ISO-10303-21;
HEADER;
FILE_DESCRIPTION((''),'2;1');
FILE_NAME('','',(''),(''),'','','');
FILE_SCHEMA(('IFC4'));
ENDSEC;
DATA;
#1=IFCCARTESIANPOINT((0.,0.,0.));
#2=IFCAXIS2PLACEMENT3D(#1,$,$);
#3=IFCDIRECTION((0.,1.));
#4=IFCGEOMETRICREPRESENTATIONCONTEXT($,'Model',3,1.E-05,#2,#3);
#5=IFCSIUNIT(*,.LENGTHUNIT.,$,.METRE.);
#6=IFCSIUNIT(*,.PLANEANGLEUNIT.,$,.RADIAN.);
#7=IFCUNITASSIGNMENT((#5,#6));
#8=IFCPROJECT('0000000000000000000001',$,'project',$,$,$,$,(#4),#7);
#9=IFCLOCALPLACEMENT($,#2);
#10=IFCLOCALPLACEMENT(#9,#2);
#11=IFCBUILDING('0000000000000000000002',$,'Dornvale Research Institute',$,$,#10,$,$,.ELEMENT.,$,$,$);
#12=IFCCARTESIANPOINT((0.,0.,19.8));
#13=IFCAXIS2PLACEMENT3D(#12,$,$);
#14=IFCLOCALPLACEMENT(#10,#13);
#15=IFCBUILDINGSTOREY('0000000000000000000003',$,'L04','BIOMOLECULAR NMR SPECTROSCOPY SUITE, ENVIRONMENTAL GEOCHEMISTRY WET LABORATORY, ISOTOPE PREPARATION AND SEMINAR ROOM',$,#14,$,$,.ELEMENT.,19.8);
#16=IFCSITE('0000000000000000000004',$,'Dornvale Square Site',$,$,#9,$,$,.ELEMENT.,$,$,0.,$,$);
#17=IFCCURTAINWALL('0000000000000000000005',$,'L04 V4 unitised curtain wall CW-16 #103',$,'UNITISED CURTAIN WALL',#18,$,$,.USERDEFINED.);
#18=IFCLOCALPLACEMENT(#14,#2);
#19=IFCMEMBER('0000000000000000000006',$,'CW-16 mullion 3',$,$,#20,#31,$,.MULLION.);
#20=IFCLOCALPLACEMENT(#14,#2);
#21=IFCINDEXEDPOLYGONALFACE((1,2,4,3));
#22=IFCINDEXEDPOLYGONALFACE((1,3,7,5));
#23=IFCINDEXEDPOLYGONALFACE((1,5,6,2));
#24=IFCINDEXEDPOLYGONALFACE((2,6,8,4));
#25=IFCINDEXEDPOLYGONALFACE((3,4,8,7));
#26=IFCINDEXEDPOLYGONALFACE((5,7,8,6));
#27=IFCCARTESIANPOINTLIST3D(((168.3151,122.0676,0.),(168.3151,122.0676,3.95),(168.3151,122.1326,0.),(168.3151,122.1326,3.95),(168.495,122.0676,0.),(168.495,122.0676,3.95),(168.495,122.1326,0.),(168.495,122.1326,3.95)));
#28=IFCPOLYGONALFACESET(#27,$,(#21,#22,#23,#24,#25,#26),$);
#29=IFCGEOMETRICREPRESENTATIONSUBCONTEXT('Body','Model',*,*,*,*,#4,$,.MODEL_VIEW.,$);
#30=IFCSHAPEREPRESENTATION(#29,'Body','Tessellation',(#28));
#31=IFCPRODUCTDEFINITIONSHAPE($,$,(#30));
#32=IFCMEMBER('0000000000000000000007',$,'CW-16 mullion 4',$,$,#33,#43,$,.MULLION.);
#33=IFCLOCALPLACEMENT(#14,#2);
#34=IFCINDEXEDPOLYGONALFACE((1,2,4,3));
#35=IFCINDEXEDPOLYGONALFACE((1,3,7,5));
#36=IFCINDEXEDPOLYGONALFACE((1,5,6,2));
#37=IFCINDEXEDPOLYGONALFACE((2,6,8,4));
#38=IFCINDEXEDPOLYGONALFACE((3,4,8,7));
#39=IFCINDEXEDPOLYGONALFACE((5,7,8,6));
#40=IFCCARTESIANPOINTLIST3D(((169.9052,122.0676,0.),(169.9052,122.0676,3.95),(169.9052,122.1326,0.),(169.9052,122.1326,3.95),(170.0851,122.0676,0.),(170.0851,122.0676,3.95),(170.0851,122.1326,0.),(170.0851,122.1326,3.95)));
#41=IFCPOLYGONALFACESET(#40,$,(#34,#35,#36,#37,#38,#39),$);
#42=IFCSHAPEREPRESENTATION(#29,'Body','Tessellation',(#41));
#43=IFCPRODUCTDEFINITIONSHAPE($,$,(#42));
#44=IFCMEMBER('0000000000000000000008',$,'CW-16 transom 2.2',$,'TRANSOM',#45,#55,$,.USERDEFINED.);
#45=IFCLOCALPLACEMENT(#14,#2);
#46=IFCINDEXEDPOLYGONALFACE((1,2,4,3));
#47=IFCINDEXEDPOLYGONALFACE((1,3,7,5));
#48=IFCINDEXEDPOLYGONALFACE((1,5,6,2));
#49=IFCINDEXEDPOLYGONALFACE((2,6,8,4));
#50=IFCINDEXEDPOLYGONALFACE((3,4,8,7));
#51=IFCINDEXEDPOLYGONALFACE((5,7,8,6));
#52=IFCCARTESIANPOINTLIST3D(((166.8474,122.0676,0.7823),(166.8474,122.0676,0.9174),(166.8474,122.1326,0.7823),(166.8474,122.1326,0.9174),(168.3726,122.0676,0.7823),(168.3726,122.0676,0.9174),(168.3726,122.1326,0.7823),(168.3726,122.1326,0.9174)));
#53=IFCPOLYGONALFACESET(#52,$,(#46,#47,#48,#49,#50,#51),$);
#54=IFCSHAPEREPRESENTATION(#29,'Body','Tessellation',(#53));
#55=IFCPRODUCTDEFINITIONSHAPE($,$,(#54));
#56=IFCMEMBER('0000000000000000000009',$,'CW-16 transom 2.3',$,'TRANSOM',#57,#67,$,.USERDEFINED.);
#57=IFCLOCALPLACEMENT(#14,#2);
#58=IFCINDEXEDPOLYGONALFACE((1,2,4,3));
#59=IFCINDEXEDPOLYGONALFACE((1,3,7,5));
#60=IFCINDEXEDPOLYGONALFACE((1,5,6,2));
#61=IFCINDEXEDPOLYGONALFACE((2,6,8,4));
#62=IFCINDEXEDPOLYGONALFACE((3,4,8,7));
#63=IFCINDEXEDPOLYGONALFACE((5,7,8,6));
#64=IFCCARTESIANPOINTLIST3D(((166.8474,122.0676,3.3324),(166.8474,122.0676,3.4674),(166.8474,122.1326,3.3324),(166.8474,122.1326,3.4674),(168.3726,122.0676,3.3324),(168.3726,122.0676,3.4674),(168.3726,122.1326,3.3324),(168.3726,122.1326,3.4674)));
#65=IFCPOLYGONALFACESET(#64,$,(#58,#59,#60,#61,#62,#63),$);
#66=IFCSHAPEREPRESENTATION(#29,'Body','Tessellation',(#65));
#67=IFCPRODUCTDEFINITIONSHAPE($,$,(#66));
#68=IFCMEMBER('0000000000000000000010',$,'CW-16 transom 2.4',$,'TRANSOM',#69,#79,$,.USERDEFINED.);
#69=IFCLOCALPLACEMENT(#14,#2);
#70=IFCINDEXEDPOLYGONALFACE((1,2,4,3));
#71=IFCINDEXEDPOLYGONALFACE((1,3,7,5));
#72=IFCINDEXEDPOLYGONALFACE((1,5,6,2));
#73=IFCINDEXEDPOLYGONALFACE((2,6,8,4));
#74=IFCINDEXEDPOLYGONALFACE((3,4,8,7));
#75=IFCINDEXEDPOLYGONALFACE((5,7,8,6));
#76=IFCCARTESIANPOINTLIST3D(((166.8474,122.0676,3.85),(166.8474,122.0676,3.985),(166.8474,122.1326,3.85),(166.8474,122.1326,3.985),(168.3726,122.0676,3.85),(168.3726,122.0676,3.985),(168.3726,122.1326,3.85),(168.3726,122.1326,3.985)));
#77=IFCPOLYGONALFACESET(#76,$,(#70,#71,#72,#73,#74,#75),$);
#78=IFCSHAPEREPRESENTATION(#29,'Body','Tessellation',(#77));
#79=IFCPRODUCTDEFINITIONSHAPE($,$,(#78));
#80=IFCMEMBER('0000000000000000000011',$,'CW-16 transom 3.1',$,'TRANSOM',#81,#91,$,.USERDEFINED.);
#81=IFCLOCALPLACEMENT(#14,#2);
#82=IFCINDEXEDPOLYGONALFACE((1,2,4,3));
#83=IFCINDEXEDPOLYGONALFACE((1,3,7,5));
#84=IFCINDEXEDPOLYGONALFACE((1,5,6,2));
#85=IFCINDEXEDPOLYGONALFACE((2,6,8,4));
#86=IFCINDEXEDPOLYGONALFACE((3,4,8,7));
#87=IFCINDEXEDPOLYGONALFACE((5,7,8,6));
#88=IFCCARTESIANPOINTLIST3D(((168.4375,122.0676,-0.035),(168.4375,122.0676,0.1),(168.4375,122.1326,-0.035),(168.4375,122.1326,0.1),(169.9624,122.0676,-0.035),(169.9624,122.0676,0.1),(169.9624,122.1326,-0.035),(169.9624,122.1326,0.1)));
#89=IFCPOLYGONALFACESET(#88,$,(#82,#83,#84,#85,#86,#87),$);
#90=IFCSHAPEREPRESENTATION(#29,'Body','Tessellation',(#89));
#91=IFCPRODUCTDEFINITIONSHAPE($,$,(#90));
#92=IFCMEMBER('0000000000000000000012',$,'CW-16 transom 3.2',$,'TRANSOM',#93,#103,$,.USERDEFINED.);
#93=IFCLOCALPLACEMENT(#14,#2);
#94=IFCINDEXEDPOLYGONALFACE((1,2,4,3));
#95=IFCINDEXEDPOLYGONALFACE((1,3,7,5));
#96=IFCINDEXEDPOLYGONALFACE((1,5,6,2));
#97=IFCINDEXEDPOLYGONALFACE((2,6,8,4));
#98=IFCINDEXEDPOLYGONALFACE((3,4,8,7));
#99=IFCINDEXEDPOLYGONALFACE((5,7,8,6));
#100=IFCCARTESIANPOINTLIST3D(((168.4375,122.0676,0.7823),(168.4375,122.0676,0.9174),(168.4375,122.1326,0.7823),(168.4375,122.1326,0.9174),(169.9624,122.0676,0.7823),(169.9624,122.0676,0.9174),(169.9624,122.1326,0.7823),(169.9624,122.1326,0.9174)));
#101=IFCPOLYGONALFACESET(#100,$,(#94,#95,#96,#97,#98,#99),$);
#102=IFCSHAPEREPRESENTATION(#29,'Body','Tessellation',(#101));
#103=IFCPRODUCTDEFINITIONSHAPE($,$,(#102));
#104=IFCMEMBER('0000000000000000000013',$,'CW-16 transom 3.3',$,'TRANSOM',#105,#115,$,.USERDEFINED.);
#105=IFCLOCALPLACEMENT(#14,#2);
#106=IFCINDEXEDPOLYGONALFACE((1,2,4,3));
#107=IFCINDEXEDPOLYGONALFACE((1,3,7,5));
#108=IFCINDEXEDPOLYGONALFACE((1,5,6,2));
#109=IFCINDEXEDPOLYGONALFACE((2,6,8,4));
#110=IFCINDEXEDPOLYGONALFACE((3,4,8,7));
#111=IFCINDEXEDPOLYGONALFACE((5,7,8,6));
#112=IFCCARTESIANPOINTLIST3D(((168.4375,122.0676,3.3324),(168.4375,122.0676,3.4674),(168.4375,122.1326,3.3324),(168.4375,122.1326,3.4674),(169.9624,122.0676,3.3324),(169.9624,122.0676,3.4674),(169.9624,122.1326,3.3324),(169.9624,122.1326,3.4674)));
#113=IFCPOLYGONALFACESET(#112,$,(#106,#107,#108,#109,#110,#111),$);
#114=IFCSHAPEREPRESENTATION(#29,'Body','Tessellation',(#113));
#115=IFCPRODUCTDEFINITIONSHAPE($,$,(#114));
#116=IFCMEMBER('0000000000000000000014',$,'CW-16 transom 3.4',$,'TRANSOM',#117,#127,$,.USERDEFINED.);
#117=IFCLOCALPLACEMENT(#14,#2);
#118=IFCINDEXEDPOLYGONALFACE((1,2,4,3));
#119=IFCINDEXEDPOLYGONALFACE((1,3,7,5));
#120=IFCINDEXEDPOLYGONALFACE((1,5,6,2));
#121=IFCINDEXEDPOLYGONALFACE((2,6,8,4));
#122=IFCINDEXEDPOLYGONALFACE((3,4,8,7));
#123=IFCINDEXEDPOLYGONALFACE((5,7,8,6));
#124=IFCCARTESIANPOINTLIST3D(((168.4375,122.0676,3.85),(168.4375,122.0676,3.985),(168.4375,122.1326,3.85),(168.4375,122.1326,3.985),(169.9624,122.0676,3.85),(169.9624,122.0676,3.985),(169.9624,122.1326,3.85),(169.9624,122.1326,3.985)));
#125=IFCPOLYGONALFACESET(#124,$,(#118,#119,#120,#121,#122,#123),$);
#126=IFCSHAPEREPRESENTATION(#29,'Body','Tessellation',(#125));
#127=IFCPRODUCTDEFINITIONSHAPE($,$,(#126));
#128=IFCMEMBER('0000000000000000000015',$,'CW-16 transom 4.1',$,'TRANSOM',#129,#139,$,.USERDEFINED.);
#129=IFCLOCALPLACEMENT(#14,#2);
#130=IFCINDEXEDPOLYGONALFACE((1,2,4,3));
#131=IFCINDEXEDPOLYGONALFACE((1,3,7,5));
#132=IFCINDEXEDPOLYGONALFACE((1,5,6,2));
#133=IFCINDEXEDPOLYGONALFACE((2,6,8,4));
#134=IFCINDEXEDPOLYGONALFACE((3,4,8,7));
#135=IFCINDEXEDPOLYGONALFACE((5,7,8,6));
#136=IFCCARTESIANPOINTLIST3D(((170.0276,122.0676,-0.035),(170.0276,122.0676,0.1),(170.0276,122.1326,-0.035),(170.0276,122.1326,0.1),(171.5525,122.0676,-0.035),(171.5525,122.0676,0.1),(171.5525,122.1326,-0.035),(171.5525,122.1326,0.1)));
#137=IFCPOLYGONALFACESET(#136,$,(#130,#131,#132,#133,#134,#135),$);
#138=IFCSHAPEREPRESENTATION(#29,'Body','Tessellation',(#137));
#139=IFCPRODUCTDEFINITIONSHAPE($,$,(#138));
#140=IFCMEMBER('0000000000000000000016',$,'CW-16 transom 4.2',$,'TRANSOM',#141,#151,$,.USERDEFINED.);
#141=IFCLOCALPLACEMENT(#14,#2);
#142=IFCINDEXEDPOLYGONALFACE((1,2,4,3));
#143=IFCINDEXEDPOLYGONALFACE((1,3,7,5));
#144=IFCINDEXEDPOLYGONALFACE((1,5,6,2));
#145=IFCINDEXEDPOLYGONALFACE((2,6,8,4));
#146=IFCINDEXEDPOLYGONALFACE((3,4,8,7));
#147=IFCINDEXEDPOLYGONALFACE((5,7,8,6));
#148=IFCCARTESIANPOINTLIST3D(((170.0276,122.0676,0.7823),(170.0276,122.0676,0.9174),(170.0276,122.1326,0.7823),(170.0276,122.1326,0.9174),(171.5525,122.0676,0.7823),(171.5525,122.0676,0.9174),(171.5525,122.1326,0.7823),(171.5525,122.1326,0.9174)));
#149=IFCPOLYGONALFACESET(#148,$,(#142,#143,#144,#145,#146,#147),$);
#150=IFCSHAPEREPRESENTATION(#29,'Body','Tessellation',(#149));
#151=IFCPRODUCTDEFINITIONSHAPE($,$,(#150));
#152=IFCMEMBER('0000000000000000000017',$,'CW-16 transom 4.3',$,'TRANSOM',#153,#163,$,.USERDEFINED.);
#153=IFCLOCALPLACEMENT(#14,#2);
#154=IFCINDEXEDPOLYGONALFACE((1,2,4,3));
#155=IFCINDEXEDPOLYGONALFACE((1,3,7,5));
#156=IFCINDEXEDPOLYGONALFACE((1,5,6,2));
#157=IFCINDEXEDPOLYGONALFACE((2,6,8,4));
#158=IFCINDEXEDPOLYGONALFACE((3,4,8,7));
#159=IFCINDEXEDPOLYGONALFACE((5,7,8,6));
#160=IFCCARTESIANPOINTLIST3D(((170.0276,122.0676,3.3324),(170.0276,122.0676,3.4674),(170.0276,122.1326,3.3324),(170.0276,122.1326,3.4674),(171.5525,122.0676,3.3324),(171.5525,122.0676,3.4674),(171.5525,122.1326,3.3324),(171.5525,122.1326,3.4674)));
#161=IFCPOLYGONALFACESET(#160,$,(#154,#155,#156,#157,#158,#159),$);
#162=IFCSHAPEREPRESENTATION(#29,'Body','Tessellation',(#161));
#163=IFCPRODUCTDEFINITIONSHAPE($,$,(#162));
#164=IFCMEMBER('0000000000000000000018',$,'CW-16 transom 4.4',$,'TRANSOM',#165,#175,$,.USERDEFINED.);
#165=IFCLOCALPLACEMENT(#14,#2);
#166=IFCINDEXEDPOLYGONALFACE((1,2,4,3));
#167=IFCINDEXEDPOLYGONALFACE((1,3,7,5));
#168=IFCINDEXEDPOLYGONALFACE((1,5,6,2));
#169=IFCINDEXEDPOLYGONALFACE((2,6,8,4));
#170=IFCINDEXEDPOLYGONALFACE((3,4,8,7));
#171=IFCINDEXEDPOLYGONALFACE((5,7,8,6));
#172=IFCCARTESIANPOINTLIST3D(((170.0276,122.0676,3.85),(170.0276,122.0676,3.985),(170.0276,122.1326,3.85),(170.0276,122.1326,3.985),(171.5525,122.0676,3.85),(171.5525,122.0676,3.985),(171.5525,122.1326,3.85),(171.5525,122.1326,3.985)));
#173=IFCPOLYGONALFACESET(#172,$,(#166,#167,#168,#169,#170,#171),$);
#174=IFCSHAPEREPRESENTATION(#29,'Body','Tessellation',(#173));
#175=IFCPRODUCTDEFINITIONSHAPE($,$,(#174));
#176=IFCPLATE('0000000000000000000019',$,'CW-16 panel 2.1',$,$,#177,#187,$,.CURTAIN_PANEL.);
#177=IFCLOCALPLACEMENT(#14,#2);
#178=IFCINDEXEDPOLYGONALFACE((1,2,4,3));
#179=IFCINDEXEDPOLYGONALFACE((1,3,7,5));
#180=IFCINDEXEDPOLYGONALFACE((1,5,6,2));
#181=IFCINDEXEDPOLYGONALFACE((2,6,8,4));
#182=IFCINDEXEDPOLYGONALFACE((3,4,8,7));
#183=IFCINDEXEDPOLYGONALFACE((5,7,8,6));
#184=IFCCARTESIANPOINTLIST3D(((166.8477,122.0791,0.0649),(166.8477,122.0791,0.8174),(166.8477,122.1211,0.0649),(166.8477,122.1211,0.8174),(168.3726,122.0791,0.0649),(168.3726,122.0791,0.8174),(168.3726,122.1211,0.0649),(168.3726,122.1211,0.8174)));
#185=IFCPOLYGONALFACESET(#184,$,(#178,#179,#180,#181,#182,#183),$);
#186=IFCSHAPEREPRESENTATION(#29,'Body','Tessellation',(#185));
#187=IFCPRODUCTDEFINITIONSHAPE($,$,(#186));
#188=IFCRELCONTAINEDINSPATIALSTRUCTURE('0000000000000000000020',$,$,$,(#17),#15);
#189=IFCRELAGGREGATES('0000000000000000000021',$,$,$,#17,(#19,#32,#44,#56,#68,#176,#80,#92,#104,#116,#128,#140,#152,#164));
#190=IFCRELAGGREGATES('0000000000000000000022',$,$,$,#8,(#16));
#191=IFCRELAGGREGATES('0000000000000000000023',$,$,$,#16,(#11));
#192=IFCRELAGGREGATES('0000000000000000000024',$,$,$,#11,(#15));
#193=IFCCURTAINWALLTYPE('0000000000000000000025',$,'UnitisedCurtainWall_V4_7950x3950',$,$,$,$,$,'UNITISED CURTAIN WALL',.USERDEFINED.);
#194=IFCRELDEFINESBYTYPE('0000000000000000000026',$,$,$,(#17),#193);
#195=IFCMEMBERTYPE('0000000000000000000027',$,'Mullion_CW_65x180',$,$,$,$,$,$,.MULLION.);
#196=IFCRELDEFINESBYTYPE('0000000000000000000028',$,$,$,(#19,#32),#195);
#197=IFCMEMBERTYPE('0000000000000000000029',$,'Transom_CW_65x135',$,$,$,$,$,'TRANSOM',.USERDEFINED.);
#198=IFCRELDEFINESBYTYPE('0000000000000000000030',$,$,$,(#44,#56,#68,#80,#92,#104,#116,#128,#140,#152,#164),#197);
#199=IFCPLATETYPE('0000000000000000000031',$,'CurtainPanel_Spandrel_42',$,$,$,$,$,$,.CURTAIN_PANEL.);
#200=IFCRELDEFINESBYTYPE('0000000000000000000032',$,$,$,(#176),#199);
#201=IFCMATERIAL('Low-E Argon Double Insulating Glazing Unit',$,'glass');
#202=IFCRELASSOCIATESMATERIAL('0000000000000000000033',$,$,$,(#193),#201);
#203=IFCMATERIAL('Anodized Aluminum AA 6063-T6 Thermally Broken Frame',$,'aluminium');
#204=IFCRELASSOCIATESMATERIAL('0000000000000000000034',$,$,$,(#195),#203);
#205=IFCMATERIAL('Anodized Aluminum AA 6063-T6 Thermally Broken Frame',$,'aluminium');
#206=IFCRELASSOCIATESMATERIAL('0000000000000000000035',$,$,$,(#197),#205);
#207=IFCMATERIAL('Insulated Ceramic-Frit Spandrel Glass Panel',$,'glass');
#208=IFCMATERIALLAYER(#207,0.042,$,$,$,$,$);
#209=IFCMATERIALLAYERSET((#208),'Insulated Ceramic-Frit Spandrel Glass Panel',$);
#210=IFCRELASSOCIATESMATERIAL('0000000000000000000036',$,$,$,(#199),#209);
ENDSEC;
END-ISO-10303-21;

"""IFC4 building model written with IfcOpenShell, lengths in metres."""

from ifc_helpers import new_model, si_unit, direction, frame, origin, origin_2d, place, context, subcontext, project, spatial, rectangle, extrude, material, layer, layer_set, material_profile, profile_set, type_object, element, aggregate, save


model = new_model("IFC4")

# Units and contexts
model_context = context("Model", 3, precision=1e-05, world=origin(), true_north=direction((0.0, 1.0)))
body_context = subcontext(model_context, "Body", "Model", "MODEL_VIEW")
ifc_project = project(units=[si_unit("LENGTHUNIT", "METRE"), si_unit("PLANEANGLEUNIT", "RADIAN")], contexts=[model_context])

# Site, building, storey
site_placement = place(None, origin())
site = spatial("IfcSite", under=ifc_project, at=site_placement, Name="Dornvale Square Site", CompositionType="ELEMENT", RefElevation=0.0)
building_placement = place(site_placement, origin())
building = spatial("IfcBuilding", under=site, at=building_placement, Name="Dornvale Research Institute", CompositionType="ELEMENT")
storey_placement = place(building_placement, frame((0.0, 0.0, 19.8)))
storey = spatial("IfcBuildingStorey", under=building, at=storey_placement, Name="L04", Description="BIOMOLECULAR NMR SPECTROSCOPY SUITE, ENVIRONMENTAL GEOCHEMISTRY WET LABORATORY, ISOTOPE PREPARATION AND SEMINAR ROOM", CompositionType="ELEMENT", Elevation=19.8)

# Curtain wall, members, plate
ifc_material_1 = material(Name="Low-E Argon Double Insulating Glazing Unit", Category="glass")
curtain_wall_type = type_object("IfcCurtainWallType", Name="UnitisedCurtainWall_V4_7950x3950", ElementType="UNITISED CURTAIN WALL", PredefinedType="USERDEFINED", material=ifc_material_1)
curtain_wall_placement = place(storey_placement, origin())
curtain_wall = element("IfcCurtainWall", 1, at=curtain_wall_placement, inside=storey, type_object=curtain_wall_type, Name="L04 V4 unitised curtain wall CW-16 #103", ObjectType="UNITISED CURTAIN WALL", PredefinedType="USERDEFINED")
ifc_material_2 = material(Name="Anodized Aluminum AA 6063-T6 Thermally Broken Frame", Category="aluminium")
ifc_material_profile_1 = material_profile(ifc_material_2, rectangle(XDim=0.0649, YDim=0.1799, at=origin_2d()), Name="ALU MULLION 65x180")
ifc_profile_set_1 = profile_set([ifc_material_profile_1], Name="Anodized Aluminum AA 6063-T6 Thermally Broken Frame")
member_type_1 = type_object("IfcMemberType", Name="Mullion_CW_65x180", PredefinedType="MULLION", material=ifc_profile_set_1)
member_1_placement = place(storey_placement, frame((168.405, 122.1001, 0.0), z_axis=(0.0, 0.0, 1.0), x_axis=(0.0, 1.0, 0.0)))
member_1 = element("IfcMember", 2, at=member_1_placement, type_object=member_type_1, Name="CW-16 mullion 3", PredefinedType="MULLION", context=body_context, shape_type="SweptSolid", body=[
    extrude(rectangle(XDim=0.0649, YDim=0.1799, at=origin_2d()), origin(), (0.0, 0.0, 1.0), 3.95),
])
member_2_placement = place(storey_placement, frame((169.9951, 122.1001, 0.0), z_axis=(0.0, 0.0, 1.0), x_axis=(0.0, 1.0, 0.0)))
member_2 = element("IfcMember", 3, at=member_2_placement, type_object=member_type_1, Name="CW-16 mullion 4", PredefinedType="MULLION", context=body_context, shape_type="SweptSolid", body=[
    extrude(rectangle(XDim=0.0649, YDim=0.1799, at=origin_2d()), origin(), (0.0, 0.0, 1.0), 3.95),
])
ifc_material_3 = material(Name="Anodized Aluminum AA 6063-T6 Thermally Broken Frame", Category="aluminium")
ifc_material_profile_2 = material_profile(ifc_material_3, rectangle(XDim=0.0649, YDim=0.135, at=origin_2d()), Name="ALU TRANSOM 65x135")
ifc_profile_set_2 = profile_set([ifc_material_profile_2], Name="Anodized Aluminum AA 6063-T6 Thermally Broken Frame")
member_type_2 = type_object("IfcMemberType", Name="Transom_CW_65x135", ElementType="TRANSOM", PredefinedType="USERDEFINED", material=ifc_profile_set_2)
member_3_placement = place(storey_placement, frame((166.8474, 122.1001, 0.8499), z_axis=(1.0, 0.0, 0.0), x_axis=(0.0, 1.0, 0.0)))
member_3 = element("IfcMember", 4, at=member_3_placement, type_object=member_type_2, Name="CW-16 transom 2.2", ObjectType="TRANSOM", PredefinedType="USERDEFINED", context=body_context, shape_type="SweptSolid", body=[
    extrude(rectangle(XDim=0.0649, YDim=0.135, at=origin_2d()), origin(), (0.0, 0.0, 1.0), 1.5251),
])
member_4_placement = place(storey_placement, frame((166.8474, 122.1001, 3.3999), z_axis=(1.0, 0.0, 0.0), x_axis=(0.0, 1.0, 0.0)))
member_4 = element("IfcMember", 5, at=member_4_placement, type_object=member_type_2, Name="CW-16 transom 2.3", ObjectType="TRANSOM", PredefinedType="USERDEFINED", context=body_context, shape_type="SweptSolid", body=[
    extrude(rectangle(XDim=0.0649, YDim=0.135, at=origin_2d()), origin(), (0.0, 0.0, 1.0), 1.5251),
])
member_5_placement = place(storey_placement, frame((166.8474, 122.1001, 3.9175), z_axis=(1.0, 0.0, 0.0), x_axis=(0.0, 1.0, 0.0)))
member_5 = element("IfcMember", 6, at=member_5_placement, type_object=member_type_2, Name="CW-16 transom 2.4", ObjectType="TRANSOM", PredefinedType="USERDEFINED", context=body_context, shape_type="SweptSolid", body=[
    extrude(rectangle(XDim=0.0649, YDim=0.135, at=origin_2d()), origin(), (0.0, 0.0, 1.0), 1.5251),
])
member_6_placement = place(storey_placement, frame((168.4375, 122.1001, 0.0325), z_axis=(1.0, 0.0, 0.0), x_axis=(0.0, 1.0, 0.0)))
member_6 = element("IfcMember", 7, at=member_6_placement, type_object=member_type_2, Name="CW-16 transom 3.1", ObjectType="TRANSOM", PredefinedType="USERDEFINED", context=body_context, shape_type="SweptSolid", body=[
    extrude(rectangle(XDim=0.0649, YDim=0.135, at=origin_2d()), origin(), (0.0, 0.0, 1.0), 1.5249),
])
member_7_placement = place(storey_placement, frame((168.4375, 122.1001, 0.8499), z_axis=(1.0, 0.0, 0.0), x_axis=(0.0, 1.0, 0.0)))
member_7 = element("IfcMember", 8, at=member_7_placement, type_object=member_type_2, Name="CW-16 transom 3.2", ObjectType="TRANSOM", PredefinedType="USERDEFINED", context=body_context, shape_type="SweptSolid", body=[
    extrude(rectangle(XDim=0.0649, YDim=0.135, at=origin_2d()), origin(), (0.0, 0.0, 1.0), 1.5249),
])
member_8_placement = place(storey_placement, frame((168.4375, 122.1001, 3.3999), z_axis=(1.0, 0.0, 0.0), x_axis=(0.0, 1.0, 0.0)))
member_8 = element("IfcMember", 9, at=member_8_placement, type_object=member_type_2, Name="CW-16 transom 3.3", ObjectType="TRANSOM", PredefinedType="USERDEFINED", context=body_context, shape_type="SweptSolid", body=[
    extrude(rectangle(XDim=0.0649, YDim=0.135, at=origin_2d()), origin(), (0.0, 0.0, 1.0), 1.5249),
])
member_9_placement = place(storey_placement, frame((168.4375, 122.1001, 3.9175), z_axis=(1.0, 0.0, 0.0), x_axis=(0.0, 1.0, 0.0)))
member_9 = element("IfcMember", 10, at=member_9_placement, type_object=member_type_2, Name="CW-16 transom 3.4", ObjectType="TRANSOM", PredefinedType="USERDEFINED", context=body_context, shape_type="SweptSolid", body=[
    extrude(rectangle(XDim=0.0649, YDim=0.135, at=origin_2d()), origin(), (0.0, 0.0, 1.0), 1.5249),
])
member_10_placement = place(storey_placement, frame((170.0276, 122.1001, 0.0325), z_axis=(1.0, 0.0, 0.0), x_axis=(0.0, 1.0, 0.0)))
member_10 = element("IfcMember", 11, at=member_10_placement, type_object=member_type_2, Name="CW-16 transom 4.1", ObjectType="TRANSOM", PredefinedType="USERDEFINED", context=body_context, shape_type="SweptSolid", body=[
    extrude(rectangle(XDim=0.0649, YDim=0.135, at=origin_2d()), origin(), (0.0, 0.0, 1.0), 1.5249),
])
member_11_placement = place(storey_placement, frame((170.0276, 122.1001, 0.8499), z_axis=(1.0, 0.0, 0.0), x_axis=(0.0, 1.0, 0.0)))
member_11 = element("IfcMember", 12, at=member_11_placement, type_object=member_type_2, Name="CW-16 transom 4.2", ObjectType="TRANSOM", PredefinedType="USERDEFINED", context=body_context, shape_type="SweptSolid", body=[
    extrude(rectangle(XDim=0.0649, YDim=0.135, at=origin_2d()), origin(), (0.0, 0.0, 1.0), 1.5249),
])
member_12_placement = place(storey_placement, frame((170.0276, 122.1001, 3.3999), z_axis=(1.0, 0.0, 0.0), x_axis=(0.0, 1.0, 0.0)))
member_12 = element("IfcMember", 13, at=member_12_placement, type_object=member_type_2, Name="CW-16 transom 4.3", ObjectType="TRANSOM", PredefinedType="USERDEFINED", context=body_context, shape_type="SweptSolid", body=[
    extrude(rectangle(XDim=0.0649, YDim=0.135, at=origin_2d()), origin(), (0.0, 0.0, 1.0), 1.5249),
])
member_13_placement = place(storey_placement, frame((170.0276, 122.1001, 3.9175), z_axis=(1.0, 0.0, 0.0), x_axis=(0.0, 1.0, 0.0)))
member_13 = element("IfcMember", 14, at=member_13_placement, type_object=member_type_2, Name="CW-16 transom 4.4", ObjectType="TRANSOM", PredefinedType="USERDEFINED", context=body_context, shape_type="SweptSolid", body=[
    extrude(rectangle(XDim=0.0649, YDim=0.135, at=origin_2d()), origin(), (0.0, 0.0, 1.0), 1.5249),
])
ifc_material_4 = material(Name="Insulated Ceramic-Frit Spandrel Glass Panel", Category="glass")
ifc_layer_1 = layer(ifc_material_4, 0.042)
ifc_layer_set_1 = layer_set([ifc_layer_1], Name="Insulated Ceramic-Frit Spandrel Glass Panel")
plate_type_1 = type_object("IfcPlateType", Name="CurtainPanel_Spandrel_42", PredefinedType="CURTAIN_PANEL", material=ifc_layer_set_1)
plate_1_placement = place(storey_placement, frame((167.6101, 122.1001, 0.0649), z_axis=(0.0, 0.0, 1.0), x_axis=(1.0, 0.0, 0.0)))
plate_1 = element("IfcPlate", 15, at=plate_1_placement, type_object=plate_type_1, Name="CW-16 panel 2.1", PredefinedType="CURTAIN_PANEL", context=body_context, shape_type="SweptSolid", body=[
    extrude(rectangle(XDim=1.5249, YDim=0.042, at=origin_2d()), origin(), (0.0, 0.0, 1.0), 0.7524),
])
aggregate(curtain_wall, [member_1, member_2, member_3, member_4, member_5, plate_1, member_6, member_7, member_8, member_9, member_10, member_11, member_12, member_13])

save(model, "model.ifc")
